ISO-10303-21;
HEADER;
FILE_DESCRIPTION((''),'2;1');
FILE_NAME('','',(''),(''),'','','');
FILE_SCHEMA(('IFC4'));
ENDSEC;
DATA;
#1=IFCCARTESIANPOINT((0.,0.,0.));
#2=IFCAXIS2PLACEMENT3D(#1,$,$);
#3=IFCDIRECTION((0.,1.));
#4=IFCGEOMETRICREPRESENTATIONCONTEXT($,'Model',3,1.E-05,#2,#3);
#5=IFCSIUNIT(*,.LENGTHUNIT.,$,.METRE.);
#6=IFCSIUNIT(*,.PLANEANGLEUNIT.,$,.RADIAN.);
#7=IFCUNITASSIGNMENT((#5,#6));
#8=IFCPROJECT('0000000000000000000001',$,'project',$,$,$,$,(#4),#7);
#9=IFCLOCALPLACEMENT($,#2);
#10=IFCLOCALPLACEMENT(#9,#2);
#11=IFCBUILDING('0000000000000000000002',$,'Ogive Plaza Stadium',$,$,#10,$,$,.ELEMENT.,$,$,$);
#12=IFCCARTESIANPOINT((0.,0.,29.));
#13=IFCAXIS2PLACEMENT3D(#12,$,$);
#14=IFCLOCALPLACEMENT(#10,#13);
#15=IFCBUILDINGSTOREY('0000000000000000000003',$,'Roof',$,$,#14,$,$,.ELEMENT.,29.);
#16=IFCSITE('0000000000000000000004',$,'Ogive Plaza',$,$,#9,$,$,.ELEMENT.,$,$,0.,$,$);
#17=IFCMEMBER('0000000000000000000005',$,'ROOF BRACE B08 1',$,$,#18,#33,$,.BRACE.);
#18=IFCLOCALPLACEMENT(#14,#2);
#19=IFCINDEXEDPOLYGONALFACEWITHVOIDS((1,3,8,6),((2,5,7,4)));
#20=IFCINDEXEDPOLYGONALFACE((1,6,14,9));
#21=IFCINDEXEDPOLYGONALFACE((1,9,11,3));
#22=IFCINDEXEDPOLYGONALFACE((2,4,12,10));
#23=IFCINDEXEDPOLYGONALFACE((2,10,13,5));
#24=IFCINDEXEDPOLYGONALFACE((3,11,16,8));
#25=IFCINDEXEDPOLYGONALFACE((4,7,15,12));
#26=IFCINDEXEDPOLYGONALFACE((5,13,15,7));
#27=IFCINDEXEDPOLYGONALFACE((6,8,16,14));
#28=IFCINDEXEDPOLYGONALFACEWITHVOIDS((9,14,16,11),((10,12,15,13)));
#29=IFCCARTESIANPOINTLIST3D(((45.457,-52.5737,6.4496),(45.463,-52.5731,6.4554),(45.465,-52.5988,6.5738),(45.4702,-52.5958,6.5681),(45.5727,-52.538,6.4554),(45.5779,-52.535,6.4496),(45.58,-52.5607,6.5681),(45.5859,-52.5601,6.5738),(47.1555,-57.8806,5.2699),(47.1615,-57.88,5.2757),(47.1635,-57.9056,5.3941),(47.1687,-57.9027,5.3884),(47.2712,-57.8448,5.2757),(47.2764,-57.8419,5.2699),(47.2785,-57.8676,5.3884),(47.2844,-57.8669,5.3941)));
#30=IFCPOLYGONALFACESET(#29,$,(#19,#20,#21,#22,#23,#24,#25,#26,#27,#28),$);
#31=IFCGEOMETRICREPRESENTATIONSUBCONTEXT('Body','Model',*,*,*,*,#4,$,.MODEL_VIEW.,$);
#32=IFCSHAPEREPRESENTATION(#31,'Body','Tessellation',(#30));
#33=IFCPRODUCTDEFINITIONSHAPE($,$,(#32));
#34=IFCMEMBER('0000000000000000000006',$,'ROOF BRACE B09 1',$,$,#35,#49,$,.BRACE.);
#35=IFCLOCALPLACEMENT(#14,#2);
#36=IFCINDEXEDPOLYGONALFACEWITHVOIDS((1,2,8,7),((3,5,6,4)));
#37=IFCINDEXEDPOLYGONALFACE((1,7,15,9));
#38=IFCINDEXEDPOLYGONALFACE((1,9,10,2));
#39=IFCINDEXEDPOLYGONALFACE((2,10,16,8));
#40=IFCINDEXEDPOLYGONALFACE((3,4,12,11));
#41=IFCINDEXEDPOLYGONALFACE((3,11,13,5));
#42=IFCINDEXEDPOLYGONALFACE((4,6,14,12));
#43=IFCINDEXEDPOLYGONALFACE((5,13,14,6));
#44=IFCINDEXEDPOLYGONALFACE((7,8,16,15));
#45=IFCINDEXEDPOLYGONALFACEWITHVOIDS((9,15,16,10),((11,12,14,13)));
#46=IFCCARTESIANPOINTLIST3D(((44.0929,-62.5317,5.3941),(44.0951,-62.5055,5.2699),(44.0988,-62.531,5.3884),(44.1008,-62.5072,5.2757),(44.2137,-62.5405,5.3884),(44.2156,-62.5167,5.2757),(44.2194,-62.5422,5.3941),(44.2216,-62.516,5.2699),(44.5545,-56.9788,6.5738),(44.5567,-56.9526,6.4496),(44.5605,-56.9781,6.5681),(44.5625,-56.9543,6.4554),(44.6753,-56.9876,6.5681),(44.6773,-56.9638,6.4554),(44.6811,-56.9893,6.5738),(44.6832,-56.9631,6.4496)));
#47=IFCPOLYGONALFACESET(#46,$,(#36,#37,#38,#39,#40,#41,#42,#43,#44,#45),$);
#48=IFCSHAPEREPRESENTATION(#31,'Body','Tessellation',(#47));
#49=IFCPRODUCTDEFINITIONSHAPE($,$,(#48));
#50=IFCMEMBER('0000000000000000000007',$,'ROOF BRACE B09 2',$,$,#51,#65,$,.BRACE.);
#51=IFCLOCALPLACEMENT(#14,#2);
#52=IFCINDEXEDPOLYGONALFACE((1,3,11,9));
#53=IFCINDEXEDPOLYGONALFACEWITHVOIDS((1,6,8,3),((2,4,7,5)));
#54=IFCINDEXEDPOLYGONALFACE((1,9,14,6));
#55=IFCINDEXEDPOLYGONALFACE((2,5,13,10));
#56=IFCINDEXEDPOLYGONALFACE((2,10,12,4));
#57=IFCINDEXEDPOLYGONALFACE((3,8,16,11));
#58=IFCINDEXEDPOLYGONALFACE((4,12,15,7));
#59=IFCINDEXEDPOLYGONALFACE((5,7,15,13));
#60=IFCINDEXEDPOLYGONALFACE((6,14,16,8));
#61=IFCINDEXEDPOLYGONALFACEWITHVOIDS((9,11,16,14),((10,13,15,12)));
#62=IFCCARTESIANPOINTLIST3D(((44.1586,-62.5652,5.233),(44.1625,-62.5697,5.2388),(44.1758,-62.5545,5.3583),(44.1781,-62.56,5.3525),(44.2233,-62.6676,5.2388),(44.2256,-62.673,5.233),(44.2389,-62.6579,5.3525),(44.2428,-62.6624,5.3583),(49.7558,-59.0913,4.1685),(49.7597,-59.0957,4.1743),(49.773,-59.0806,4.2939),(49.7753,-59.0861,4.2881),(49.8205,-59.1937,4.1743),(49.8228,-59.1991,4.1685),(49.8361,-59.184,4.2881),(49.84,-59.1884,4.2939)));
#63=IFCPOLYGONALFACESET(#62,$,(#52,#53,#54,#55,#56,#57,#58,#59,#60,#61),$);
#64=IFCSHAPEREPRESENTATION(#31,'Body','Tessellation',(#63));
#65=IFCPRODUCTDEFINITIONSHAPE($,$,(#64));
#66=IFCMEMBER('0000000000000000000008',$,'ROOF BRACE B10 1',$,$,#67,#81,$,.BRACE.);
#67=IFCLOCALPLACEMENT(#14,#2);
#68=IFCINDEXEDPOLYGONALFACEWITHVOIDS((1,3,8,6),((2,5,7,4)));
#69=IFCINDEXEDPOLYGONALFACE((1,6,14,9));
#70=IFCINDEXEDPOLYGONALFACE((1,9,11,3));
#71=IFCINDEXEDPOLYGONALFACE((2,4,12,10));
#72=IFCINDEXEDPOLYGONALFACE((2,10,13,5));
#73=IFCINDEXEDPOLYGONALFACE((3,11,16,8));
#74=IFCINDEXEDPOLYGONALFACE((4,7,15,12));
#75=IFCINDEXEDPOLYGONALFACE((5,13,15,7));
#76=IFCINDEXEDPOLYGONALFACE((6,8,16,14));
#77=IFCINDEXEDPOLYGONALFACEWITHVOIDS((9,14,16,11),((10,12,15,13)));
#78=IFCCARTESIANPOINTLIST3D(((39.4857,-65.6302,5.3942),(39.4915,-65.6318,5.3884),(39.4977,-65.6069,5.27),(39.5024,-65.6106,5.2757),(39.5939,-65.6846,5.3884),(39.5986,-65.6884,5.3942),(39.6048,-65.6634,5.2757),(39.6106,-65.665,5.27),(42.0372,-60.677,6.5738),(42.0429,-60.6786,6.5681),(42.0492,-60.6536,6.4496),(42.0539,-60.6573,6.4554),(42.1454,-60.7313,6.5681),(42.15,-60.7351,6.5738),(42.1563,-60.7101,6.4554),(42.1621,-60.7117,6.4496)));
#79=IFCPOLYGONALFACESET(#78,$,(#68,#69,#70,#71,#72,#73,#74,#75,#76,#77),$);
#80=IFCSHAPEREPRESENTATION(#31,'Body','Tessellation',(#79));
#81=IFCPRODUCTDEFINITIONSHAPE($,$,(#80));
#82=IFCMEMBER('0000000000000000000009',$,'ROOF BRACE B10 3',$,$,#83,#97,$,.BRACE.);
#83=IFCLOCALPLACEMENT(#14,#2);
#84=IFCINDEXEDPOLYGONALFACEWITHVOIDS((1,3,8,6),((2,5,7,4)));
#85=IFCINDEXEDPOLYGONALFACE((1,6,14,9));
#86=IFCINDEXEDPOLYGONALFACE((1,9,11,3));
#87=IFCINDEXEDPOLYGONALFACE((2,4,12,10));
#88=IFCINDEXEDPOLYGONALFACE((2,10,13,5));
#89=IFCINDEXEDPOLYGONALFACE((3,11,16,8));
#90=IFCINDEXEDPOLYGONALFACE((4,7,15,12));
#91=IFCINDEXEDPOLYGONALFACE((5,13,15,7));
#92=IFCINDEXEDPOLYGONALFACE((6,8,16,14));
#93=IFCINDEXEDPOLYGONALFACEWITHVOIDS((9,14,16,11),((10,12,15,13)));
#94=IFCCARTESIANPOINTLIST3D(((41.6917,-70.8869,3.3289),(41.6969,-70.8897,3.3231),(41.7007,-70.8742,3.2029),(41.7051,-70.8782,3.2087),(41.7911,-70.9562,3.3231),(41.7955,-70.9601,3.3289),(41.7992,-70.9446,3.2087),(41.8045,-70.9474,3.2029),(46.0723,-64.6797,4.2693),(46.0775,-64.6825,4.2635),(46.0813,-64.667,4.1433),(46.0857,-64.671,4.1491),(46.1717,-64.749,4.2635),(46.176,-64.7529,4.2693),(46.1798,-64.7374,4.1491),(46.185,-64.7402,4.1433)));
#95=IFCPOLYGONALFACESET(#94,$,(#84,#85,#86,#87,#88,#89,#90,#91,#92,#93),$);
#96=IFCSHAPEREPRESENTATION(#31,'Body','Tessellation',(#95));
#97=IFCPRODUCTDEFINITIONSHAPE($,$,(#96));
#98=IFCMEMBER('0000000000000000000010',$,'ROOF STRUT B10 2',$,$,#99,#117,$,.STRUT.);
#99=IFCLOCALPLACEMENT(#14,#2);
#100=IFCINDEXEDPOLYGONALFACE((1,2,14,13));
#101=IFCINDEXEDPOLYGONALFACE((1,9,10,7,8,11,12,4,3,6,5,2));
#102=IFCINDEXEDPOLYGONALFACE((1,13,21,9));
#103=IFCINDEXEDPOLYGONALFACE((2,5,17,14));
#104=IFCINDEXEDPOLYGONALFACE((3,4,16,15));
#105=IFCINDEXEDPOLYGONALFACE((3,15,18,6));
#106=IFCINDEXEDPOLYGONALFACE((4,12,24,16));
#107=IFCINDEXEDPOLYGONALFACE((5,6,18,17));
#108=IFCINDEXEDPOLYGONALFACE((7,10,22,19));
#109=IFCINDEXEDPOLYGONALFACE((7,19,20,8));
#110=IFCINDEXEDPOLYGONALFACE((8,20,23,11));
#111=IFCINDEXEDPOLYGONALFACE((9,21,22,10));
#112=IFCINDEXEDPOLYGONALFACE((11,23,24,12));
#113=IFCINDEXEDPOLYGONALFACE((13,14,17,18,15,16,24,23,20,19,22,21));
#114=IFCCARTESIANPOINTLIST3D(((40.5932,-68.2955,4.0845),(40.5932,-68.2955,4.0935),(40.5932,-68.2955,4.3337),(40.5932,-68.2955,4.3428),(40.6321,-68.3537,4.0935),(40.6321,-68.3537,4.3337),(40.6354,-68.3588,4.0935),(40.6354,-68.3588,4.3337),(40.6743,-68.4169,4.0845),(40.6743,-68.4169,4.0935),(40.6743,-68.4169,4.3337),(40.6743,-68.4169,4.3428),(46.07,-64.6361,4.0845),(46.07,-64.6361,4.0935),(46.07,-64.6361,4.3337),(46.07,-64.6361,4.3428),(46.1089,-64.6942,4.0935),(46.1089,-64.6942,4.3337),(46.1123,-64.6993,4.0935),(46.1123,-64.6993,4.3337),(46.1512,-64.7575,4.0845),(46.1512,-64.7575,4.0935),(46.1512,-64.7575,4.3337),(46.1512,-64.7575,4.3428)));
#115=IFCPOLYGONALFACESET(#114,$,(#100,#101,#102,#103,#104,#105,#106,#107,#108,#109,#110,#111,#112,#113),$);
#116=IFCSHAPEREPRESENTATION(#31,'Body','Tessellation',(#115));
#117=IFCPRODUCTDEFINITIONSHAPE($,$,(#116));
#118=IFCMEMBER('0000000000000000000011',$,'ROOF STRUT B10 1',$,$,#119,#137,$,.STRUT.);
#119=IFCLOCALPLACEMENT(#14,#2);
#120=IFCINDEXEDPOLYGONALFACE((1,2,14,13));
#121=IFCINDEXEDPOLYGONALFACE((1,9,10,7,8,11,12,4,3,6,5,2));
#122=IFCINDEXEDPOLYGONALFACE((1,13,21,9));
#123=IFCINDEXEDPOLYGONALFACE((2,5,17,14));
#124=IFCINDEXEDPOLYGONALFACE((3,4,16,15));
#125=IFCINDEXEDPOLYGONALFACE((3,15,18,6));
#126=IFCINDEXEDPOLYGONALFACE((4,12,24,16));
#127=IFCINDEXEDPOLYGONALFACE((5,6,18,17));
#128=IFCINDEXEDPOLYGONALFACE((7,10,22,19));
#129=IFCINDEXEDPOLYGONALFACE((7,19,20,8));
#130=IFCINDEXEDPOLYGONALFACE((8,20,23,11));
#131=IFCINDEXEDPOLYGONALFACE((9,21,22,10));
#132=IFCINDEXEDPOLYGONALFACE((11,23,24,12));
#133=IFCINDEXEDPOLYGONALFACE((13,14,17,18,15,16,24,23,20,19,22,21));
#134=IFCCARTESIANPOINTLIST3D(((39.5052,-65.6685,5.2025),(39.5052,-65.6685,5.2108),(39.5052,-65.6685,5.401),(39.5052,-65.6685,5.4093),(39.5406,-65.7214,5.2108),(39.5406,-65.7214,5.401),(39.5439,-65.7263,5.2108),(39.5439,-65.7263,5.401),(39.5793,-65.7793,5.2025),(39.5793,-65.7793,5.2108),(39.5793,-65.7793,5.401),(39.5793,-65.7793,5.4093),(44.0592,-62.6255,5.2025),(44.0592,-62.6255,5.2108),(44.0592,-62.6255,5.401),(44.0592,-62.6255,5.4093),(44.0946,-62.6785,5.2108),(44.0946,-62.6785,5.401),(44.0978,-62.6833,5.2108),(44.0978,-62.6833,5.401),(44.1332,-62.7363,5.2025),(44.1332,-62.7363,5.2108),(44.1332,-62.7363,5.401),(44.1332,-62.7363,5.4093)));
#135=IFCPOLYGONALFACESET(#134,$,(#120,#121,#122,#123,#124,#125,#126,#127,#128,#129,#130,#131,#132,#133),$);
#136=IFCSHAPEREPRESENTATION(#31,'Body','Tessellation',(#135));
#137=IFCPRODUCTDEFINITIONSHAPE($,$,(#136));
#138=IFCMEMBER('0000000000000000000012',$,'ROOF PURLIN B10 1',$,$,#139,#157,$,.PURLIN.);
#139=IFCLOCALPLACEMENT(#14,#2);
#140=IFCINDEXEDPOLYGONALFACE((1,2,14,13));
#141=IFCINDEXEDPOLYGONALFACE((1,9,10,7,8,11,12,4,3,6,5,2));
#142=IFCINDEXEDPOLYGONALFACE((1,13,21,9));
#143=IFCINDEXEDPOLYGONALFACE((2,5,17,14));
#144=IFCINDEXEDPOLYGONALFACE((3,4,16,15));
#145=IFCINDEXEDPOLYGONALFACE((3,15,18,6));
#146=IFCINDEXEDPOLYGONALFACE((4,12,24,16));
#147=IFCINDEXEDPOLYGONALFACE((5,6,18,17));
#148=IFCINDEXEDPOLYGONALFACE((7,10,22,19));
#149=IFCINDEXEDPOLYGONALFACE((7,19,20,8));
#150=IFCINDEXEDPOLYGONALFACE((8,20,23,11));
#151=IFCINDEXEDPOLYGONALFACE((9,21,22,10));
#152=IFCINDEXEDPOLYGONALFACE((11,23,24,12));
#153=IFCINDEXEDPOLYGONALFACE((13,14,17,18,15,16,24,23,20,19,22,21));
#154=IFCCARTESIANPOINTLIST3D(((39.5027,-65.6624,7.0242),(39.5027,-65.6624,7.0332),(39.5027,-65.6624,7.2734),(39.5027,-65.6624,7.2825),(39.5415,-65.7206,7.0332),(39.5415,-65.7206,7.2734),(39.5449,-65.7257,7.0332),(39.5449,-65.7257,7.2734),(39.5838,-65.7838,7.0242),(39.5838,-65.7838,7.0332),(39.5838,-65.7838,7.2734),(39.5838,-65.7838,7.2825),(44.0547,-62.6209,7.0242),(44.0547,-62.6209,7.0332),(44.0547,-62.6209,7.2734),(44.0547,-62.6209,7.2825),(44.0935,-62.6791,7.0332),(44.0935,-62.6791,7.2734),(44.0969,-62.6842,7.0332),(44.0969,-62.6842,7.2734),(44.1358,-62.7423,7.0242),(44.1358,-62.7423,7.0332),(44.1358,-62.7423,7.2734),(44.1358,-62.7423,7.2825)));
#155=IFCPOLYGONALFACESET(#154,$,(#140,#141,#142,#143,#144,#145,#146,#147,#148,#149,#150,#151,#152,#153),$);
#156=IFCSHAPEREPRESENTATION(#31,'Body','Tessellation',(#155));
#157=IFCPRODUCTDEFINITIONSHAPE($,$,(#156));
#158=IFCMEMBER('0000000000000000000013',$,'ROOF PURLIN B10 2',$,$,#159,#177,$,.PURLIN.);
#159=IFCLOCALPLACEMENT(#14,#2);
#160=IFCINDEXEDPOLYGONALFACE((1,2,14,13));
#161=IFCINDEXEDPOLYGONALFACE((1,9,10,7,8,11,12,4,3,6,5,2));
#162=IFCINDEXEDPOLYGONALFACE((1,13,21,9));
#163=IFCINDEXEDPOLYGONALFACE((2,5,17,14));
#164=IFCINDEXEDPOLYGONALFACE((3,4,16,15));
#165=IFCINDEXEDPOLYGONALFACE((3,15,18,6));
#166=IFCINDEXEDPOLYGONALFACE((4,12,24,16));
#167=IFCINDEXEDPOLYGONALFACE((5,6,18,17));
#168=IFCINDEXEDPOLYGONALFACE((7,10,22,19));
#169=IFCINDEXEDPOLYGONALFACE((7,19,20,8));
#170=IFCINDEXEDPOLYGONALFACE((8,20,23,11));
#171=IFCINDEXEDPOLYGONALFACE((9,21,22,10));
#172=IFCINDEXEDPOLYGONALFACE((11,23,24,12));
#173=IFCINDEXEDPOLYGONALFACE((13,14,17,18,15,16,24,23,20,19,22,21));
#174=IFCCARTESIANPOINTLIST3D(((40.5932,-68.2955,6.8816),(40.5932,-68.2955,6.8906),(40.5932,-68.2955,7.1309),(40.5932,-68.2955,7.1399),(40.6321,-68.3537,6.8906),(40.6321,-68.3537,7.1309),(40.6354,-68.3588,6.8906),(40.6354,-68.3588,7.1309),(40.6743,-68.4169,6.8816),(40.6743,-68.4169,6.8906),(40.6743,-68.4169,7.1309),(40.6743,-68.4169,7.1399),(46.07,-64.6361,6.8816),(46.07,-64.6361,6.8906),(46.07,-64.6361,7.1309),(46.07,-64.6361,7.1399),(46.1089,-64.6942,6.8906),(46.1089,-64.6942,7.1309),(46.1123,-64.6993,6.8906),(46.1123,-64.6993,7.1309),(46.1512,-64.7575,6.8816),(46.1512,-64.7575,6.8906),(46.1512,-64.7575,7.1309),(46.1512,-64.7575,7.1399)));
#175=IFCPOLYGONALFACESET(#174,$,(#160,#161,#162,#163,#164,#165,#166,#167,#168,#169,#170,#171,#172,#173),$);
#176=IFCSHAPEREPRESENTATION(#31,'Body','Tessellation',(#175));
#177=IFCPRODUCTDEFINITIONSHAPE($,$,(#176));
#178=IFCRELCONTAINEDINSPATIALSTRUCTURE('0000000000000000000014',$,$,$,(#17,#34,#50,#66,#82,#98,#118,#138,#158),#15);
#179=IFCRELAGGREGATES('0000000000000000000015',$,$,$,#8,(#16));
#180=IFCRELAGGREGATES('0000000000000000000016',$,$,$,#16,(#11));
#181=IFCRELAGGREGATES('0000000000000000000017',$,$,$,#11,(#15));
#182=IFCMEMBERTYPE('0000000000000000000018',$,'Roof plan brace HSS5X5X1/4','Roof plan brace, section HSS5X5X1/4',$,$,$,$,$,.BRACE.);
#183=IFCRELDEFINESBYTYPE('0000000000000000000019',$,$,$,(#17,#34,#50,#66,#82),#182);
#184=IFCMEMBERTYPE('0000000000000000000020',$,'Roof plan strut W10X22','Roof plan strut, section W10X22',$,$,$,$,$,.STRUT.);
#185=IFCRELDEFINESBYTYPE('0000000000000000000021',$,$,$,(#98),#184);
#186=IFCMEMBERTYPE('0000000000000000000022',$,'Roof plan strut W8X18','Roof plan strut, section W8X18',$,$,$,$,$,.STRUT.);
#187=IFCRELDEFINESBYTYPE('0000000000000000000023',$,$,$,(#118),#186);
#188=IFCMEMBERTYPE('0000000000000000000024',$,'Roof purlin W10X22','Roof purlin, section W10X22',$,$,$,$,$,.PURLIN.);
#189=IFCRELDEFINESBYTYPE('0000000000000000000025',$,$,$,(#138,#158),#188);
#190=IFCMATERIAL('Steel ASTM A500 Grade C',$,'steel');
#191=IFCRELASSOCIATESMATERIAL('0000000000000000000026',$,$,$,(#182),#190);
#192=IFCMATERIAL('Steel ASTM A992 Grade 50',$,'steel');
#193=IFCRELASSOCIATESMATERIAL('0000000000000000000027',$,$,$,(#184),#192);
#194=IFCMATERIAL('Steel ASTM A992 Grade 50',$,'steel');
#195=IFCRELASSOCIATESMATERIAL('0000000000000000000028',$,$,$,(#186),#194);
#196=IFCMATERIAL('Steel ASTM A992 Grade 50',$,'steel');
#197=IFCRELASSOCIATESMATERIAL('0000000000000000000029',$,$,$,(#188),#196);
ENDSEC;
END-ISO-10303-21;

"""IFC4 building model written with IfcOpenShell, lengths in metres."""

from ifc_helpers import new_model, si_unit, direction, frame, origin, origin_2d, place, context, subcontext, project, spatial, hollow_rectangle, i_section, extrude, material, material_profile, profile_set, type_object, element, save


model = new_model("IFC4")

# Units and contexts
model_context = context("Model", 3, precision=1e-05, world=origin(), true_north=direction((0.0, 1.0)))
body_context = subcontext(model_context, "Body", "Model", "MODEL_VIEW")
ifc_project = project(units=[si_unit("LENGTHUNIT", "METRE"), si_unit("PLANEANGLEUNIT", "RADIAN")], contexts=[model_context])

# Site, building, storey
site_placement = place(None, origin())
site = spatial("IfcSite", under=ifc_project, at=site_placement, Name="Ogive Plaza", CompositionType="ELEMENT", RefElevation=0.0)
building_placement = place(site_placement, origin())
building = spatial("IfcBuilding", under=site, at=building_placement, Name="Ogive Plaza Stadium", CompositionType="ELEMENT")
storey_placement = place(building_placement, frame((0.0, 0.0, 29.0)))
storey = spatial("IfcBuildingStorey", under=building, at=storey_placement, Name="Roof", CompositionType="ELEMENT", Elevation=29.0)

# Members
ifc_material_1 = material(Name="Steel ASTM A500 Grade C", Category="steel")
ifc_material_profile_1 = material_profile(ifc_material_1, hollow_rectangle(XDim=0.127, YDim=0.127, WallThickness=0.0059, at=origin_2d()), Name="HSS5X5X1/4")
ifc_profile_set_1 = profile_set([ifc_material_profile_1], Name="Steel ASTM A500 Grade C")
member_type_1 = type_object("IfcMemberType", Name="Roof plan brace HSS5X5X1/4", Description="Roof plan brace, section HSS5X5X1/4", PredefinedType="BRACE", material=ifc_profile_set_1)
for number, where, z_axis, x_axis, name in (
    (1, (45.5215, -52.5669, 6.5117), (0.298212, -0.931756, -0.207124), (0.952409, 0.304822, 0.0), "ROOF BRACE B08 1"),
    (2, (44.6189, -56.9709, 6.5117), (-0.081057, -0.974952, -0.207121), (0.996562, -0.082853, 0.0), "ROOF BRACE B09 1"),
):
    element("IfcMember", number, at=place(storey_placement, frame(where, z_axis=z_axis, x_axis=x_axis)), inside=storey, type_object=member_type_1, Name=name, PredefinedType="BRACE", context=body_context, shape_type="SweptSolid", body=[
        extrude(hollow_rectangle(XDim=0.127, YDim=0.127, WallThickness=0.0059, at=origin_2d()), origin(), (0.0, 0.0, 1.0), 5.6956),
    ])
member_1_placement = place(storey_placement, frame((44.2007, -62.6138, 5.2957), z_axis=(0.838776, 0.520586, -0.159516), x_axis=(-0.527338, 0.849656, 0.0)))
element("IfcMember", 3, at=member_1_placement, inside=storey, type_object=member_type_1, Name="ROOF BRACE B09 2", PredefinedType="BRACE", context=body_context, shape_type="SweptSolid", body=[
    extrude(hollow_rectangle(XDim=0.127, YDim=0.127, WallThickness=0.0059, at=origin_2d()), origin(), (0.0, 0.0, 1.0), 6.6731),
])
member_2_placement = place(storey_placement, frame((42.0996, -60.6943, 6.5117), z_axis=(-0.447994, -0.869712, -0.207129), x_axis=(0.888991, -0.457925, 0.0)))
element("IfcMember", 4, at=member_2_placement, inside=storey, type_object=member_type_1, Name="ROOF BRACE B10 1", PredefinedType="BRACE", context=body_context, shape_type="SweptSolid", body=[
    extrude(hollow_rectangle(XDim=0.127, YDim=0.127, WallThickness=0.0059, at=origin_2d()), origin(), (0.0, 0.0, 1.0), 5.6953),
])
member_3_placement = place(storey_placement, frame((46.1287, -64.71, 4.2063), z_axis=(-0.572229, -0.810841, -0.122846), x_axis=(0.817029, -0.576596, 0.0)))
element("IfcMember", 5, at=member_3_placement, inside=storey, type_object=member_type_1, Name="ROOF BRACE B10 3", PredefinedType="BRACE", context=body_context, shape_type="SweptSolid", body=[
    extrude(hollow_rectangle(XDim=0.127, YDim=0.127, WallThickness=0.0059, at=origin_2d()), origin(), (0.0, 0.0, 1.0), 7.6553),
])
ifc_material_2 = material(Name="Steel ASTM A992 Grade 50", Category="steel")
ifc_material_profile_2 = material_profile(ifc_material_2, i_section(OverallWidth=0.146, OverallDepth=0.2583, WebThickness=0.0061, FlangeThickness=0.009, at=origin_2d()), Name="W10X22")
ifc_profile_set_2 = profile_set([ifc_material_profile_2], Name="Steel ASTM A992 Grade 50")
member_type_2 = type_object("IfcMemberType", Name="Roof plan strut W10X22", Description="Roof plan strut, section W10X22", PredefinedType="STRUT", material=ifc_profile_set_2)
member_4_placement = place(storey_placement, frame((46.1106, -64.6968, 4.2136), z_axis=(-0.831474, -0.555564, 0.0), x_axis=(0.555564, -0.831474, 0.0)))
element("IfcMember", 6, at=member_4_placement, inside=storey, type_object=member_type_2, Name="ROOF STRUT B10 2", PredefinedType="STRUT", context=body_context, shape_type="SweptSolid", body=[
    extrude(i_section(OverallWidth=0.146, OverallDepth=0.2583, WebThickness=0.0061, FlangeThickness=0.009, at=origin_2d()), origin(), (0.0, 0.0, 1.0), 6.5869),
])
ifc_material_3 = material(Name="Steel ASTM A992 Grade 50", Category="steel")
ifc_material_profile_3 = material_profile(ifc_material_3, i_section(OverallWidth=0.1333, OverallDepth=0.2068, WebThickness=0.0059, FlangeThickness=0.0083, at=origin_2d()), Name="W8X18")
ifc_profile_set_3 = profile_set([ifc_material_profile_3], Name="Steel ASTM A992 Grade 50")
member_type_3 = type_object("IfcMemberType", Name="Roof plan strut W8X18", Description="Roof plan strut, section W8X18", PredefinedType="STRUT", material=ifc_profile_set_3)
member_5_placement = place(storey_placement, frame((44.0962, -62.6809, 5.3059), z_axis=(-0.83146, -0.555585, 0.0), x_axis=(0.555585, -0.83146, 0.0)))
element("IfcMember", 7, at=member_5_placement, inside=storey, type_object=member_type_3, Name="ROOF STRUT B10 1", PredefinedType="STRUT", context=body_context, shape_type="SweptSolid", body=[
    extrude(i_section(OverallWidth=0.1333, OverallDepth=0.2068, WebThickness=0.0059, FlangeThickness=0.0083, at=origin_2d()), origin(), (0.0, 0.0, 1.0), 5.4771),
])
ifc_material_4 = material(Name="Steel ASTM A992 Grade 50", Category="steel")
ifc_material_profile_4 = material_profile(ifc_material_4, i_section(OverallWidth=0.146, OverallDepth=0.2583, WebThickness=0.0061, FlangeThickness=0.009, at=origin_2d()), Name="W10X22")
ifc_profile_set_4 = profile_set([ifc_material_profile_4], Name="Steel ASTM A992 Grade 50")
member_type_4 = type_object("IfcMemberType", Name="Roof purlin W10X22", Description="Roof purlin, section W10X22", PredefinedType="PURLIN", material=ifc_profile_set_4)
member_6_placement = place(storey_placement, frame((44.0952, -62.6816, 7.1533), z_axis=(-0.831474, -0.555564, 0.0), x_axis=(0.555564, -0.831474, 0.0)))
element("IfcMember", 8, at=member_6_placement, inside=storey, type_object=member_type_4, Name="ROOF PURLIN B10 1", PredefinedType="PURLIN", context=body_context, shape_type="SweptSolid", body=[
    extrude(i_section(OverallWidth=0.146, OverallDepth=0.2583, WebThickness=0.0061, FlangeThickness=0.009, at=origin_2d()), origin(), (0.0, 0.0, 1.0), 5.4746),
])
member_7_placement = place(storey_placement, frame((46.1106, -64.6968, 7.0107), z_axis=(-0.831474, -0.555564, 0.0), x_axis=(0.555564, -0.831474, 0.0)))
element("IfcMember", 9, at=member_7_placement, inside=storey, type_object=member_type_4, Name="ROOF PURLIN B10 2", PredefinedType="PURLIN", context=body_context, shape_type="SweptSolid", body=[
    extrude(i_section(OverallWidth=0.146, OverallDepth=0.2583, WebThickness=0.0061, FlangeThickness=0.009, at=origin_2d()), origin(), (0.0, 0.0, 1.0), 6.5869),
])

save(model, "model.ifc")
